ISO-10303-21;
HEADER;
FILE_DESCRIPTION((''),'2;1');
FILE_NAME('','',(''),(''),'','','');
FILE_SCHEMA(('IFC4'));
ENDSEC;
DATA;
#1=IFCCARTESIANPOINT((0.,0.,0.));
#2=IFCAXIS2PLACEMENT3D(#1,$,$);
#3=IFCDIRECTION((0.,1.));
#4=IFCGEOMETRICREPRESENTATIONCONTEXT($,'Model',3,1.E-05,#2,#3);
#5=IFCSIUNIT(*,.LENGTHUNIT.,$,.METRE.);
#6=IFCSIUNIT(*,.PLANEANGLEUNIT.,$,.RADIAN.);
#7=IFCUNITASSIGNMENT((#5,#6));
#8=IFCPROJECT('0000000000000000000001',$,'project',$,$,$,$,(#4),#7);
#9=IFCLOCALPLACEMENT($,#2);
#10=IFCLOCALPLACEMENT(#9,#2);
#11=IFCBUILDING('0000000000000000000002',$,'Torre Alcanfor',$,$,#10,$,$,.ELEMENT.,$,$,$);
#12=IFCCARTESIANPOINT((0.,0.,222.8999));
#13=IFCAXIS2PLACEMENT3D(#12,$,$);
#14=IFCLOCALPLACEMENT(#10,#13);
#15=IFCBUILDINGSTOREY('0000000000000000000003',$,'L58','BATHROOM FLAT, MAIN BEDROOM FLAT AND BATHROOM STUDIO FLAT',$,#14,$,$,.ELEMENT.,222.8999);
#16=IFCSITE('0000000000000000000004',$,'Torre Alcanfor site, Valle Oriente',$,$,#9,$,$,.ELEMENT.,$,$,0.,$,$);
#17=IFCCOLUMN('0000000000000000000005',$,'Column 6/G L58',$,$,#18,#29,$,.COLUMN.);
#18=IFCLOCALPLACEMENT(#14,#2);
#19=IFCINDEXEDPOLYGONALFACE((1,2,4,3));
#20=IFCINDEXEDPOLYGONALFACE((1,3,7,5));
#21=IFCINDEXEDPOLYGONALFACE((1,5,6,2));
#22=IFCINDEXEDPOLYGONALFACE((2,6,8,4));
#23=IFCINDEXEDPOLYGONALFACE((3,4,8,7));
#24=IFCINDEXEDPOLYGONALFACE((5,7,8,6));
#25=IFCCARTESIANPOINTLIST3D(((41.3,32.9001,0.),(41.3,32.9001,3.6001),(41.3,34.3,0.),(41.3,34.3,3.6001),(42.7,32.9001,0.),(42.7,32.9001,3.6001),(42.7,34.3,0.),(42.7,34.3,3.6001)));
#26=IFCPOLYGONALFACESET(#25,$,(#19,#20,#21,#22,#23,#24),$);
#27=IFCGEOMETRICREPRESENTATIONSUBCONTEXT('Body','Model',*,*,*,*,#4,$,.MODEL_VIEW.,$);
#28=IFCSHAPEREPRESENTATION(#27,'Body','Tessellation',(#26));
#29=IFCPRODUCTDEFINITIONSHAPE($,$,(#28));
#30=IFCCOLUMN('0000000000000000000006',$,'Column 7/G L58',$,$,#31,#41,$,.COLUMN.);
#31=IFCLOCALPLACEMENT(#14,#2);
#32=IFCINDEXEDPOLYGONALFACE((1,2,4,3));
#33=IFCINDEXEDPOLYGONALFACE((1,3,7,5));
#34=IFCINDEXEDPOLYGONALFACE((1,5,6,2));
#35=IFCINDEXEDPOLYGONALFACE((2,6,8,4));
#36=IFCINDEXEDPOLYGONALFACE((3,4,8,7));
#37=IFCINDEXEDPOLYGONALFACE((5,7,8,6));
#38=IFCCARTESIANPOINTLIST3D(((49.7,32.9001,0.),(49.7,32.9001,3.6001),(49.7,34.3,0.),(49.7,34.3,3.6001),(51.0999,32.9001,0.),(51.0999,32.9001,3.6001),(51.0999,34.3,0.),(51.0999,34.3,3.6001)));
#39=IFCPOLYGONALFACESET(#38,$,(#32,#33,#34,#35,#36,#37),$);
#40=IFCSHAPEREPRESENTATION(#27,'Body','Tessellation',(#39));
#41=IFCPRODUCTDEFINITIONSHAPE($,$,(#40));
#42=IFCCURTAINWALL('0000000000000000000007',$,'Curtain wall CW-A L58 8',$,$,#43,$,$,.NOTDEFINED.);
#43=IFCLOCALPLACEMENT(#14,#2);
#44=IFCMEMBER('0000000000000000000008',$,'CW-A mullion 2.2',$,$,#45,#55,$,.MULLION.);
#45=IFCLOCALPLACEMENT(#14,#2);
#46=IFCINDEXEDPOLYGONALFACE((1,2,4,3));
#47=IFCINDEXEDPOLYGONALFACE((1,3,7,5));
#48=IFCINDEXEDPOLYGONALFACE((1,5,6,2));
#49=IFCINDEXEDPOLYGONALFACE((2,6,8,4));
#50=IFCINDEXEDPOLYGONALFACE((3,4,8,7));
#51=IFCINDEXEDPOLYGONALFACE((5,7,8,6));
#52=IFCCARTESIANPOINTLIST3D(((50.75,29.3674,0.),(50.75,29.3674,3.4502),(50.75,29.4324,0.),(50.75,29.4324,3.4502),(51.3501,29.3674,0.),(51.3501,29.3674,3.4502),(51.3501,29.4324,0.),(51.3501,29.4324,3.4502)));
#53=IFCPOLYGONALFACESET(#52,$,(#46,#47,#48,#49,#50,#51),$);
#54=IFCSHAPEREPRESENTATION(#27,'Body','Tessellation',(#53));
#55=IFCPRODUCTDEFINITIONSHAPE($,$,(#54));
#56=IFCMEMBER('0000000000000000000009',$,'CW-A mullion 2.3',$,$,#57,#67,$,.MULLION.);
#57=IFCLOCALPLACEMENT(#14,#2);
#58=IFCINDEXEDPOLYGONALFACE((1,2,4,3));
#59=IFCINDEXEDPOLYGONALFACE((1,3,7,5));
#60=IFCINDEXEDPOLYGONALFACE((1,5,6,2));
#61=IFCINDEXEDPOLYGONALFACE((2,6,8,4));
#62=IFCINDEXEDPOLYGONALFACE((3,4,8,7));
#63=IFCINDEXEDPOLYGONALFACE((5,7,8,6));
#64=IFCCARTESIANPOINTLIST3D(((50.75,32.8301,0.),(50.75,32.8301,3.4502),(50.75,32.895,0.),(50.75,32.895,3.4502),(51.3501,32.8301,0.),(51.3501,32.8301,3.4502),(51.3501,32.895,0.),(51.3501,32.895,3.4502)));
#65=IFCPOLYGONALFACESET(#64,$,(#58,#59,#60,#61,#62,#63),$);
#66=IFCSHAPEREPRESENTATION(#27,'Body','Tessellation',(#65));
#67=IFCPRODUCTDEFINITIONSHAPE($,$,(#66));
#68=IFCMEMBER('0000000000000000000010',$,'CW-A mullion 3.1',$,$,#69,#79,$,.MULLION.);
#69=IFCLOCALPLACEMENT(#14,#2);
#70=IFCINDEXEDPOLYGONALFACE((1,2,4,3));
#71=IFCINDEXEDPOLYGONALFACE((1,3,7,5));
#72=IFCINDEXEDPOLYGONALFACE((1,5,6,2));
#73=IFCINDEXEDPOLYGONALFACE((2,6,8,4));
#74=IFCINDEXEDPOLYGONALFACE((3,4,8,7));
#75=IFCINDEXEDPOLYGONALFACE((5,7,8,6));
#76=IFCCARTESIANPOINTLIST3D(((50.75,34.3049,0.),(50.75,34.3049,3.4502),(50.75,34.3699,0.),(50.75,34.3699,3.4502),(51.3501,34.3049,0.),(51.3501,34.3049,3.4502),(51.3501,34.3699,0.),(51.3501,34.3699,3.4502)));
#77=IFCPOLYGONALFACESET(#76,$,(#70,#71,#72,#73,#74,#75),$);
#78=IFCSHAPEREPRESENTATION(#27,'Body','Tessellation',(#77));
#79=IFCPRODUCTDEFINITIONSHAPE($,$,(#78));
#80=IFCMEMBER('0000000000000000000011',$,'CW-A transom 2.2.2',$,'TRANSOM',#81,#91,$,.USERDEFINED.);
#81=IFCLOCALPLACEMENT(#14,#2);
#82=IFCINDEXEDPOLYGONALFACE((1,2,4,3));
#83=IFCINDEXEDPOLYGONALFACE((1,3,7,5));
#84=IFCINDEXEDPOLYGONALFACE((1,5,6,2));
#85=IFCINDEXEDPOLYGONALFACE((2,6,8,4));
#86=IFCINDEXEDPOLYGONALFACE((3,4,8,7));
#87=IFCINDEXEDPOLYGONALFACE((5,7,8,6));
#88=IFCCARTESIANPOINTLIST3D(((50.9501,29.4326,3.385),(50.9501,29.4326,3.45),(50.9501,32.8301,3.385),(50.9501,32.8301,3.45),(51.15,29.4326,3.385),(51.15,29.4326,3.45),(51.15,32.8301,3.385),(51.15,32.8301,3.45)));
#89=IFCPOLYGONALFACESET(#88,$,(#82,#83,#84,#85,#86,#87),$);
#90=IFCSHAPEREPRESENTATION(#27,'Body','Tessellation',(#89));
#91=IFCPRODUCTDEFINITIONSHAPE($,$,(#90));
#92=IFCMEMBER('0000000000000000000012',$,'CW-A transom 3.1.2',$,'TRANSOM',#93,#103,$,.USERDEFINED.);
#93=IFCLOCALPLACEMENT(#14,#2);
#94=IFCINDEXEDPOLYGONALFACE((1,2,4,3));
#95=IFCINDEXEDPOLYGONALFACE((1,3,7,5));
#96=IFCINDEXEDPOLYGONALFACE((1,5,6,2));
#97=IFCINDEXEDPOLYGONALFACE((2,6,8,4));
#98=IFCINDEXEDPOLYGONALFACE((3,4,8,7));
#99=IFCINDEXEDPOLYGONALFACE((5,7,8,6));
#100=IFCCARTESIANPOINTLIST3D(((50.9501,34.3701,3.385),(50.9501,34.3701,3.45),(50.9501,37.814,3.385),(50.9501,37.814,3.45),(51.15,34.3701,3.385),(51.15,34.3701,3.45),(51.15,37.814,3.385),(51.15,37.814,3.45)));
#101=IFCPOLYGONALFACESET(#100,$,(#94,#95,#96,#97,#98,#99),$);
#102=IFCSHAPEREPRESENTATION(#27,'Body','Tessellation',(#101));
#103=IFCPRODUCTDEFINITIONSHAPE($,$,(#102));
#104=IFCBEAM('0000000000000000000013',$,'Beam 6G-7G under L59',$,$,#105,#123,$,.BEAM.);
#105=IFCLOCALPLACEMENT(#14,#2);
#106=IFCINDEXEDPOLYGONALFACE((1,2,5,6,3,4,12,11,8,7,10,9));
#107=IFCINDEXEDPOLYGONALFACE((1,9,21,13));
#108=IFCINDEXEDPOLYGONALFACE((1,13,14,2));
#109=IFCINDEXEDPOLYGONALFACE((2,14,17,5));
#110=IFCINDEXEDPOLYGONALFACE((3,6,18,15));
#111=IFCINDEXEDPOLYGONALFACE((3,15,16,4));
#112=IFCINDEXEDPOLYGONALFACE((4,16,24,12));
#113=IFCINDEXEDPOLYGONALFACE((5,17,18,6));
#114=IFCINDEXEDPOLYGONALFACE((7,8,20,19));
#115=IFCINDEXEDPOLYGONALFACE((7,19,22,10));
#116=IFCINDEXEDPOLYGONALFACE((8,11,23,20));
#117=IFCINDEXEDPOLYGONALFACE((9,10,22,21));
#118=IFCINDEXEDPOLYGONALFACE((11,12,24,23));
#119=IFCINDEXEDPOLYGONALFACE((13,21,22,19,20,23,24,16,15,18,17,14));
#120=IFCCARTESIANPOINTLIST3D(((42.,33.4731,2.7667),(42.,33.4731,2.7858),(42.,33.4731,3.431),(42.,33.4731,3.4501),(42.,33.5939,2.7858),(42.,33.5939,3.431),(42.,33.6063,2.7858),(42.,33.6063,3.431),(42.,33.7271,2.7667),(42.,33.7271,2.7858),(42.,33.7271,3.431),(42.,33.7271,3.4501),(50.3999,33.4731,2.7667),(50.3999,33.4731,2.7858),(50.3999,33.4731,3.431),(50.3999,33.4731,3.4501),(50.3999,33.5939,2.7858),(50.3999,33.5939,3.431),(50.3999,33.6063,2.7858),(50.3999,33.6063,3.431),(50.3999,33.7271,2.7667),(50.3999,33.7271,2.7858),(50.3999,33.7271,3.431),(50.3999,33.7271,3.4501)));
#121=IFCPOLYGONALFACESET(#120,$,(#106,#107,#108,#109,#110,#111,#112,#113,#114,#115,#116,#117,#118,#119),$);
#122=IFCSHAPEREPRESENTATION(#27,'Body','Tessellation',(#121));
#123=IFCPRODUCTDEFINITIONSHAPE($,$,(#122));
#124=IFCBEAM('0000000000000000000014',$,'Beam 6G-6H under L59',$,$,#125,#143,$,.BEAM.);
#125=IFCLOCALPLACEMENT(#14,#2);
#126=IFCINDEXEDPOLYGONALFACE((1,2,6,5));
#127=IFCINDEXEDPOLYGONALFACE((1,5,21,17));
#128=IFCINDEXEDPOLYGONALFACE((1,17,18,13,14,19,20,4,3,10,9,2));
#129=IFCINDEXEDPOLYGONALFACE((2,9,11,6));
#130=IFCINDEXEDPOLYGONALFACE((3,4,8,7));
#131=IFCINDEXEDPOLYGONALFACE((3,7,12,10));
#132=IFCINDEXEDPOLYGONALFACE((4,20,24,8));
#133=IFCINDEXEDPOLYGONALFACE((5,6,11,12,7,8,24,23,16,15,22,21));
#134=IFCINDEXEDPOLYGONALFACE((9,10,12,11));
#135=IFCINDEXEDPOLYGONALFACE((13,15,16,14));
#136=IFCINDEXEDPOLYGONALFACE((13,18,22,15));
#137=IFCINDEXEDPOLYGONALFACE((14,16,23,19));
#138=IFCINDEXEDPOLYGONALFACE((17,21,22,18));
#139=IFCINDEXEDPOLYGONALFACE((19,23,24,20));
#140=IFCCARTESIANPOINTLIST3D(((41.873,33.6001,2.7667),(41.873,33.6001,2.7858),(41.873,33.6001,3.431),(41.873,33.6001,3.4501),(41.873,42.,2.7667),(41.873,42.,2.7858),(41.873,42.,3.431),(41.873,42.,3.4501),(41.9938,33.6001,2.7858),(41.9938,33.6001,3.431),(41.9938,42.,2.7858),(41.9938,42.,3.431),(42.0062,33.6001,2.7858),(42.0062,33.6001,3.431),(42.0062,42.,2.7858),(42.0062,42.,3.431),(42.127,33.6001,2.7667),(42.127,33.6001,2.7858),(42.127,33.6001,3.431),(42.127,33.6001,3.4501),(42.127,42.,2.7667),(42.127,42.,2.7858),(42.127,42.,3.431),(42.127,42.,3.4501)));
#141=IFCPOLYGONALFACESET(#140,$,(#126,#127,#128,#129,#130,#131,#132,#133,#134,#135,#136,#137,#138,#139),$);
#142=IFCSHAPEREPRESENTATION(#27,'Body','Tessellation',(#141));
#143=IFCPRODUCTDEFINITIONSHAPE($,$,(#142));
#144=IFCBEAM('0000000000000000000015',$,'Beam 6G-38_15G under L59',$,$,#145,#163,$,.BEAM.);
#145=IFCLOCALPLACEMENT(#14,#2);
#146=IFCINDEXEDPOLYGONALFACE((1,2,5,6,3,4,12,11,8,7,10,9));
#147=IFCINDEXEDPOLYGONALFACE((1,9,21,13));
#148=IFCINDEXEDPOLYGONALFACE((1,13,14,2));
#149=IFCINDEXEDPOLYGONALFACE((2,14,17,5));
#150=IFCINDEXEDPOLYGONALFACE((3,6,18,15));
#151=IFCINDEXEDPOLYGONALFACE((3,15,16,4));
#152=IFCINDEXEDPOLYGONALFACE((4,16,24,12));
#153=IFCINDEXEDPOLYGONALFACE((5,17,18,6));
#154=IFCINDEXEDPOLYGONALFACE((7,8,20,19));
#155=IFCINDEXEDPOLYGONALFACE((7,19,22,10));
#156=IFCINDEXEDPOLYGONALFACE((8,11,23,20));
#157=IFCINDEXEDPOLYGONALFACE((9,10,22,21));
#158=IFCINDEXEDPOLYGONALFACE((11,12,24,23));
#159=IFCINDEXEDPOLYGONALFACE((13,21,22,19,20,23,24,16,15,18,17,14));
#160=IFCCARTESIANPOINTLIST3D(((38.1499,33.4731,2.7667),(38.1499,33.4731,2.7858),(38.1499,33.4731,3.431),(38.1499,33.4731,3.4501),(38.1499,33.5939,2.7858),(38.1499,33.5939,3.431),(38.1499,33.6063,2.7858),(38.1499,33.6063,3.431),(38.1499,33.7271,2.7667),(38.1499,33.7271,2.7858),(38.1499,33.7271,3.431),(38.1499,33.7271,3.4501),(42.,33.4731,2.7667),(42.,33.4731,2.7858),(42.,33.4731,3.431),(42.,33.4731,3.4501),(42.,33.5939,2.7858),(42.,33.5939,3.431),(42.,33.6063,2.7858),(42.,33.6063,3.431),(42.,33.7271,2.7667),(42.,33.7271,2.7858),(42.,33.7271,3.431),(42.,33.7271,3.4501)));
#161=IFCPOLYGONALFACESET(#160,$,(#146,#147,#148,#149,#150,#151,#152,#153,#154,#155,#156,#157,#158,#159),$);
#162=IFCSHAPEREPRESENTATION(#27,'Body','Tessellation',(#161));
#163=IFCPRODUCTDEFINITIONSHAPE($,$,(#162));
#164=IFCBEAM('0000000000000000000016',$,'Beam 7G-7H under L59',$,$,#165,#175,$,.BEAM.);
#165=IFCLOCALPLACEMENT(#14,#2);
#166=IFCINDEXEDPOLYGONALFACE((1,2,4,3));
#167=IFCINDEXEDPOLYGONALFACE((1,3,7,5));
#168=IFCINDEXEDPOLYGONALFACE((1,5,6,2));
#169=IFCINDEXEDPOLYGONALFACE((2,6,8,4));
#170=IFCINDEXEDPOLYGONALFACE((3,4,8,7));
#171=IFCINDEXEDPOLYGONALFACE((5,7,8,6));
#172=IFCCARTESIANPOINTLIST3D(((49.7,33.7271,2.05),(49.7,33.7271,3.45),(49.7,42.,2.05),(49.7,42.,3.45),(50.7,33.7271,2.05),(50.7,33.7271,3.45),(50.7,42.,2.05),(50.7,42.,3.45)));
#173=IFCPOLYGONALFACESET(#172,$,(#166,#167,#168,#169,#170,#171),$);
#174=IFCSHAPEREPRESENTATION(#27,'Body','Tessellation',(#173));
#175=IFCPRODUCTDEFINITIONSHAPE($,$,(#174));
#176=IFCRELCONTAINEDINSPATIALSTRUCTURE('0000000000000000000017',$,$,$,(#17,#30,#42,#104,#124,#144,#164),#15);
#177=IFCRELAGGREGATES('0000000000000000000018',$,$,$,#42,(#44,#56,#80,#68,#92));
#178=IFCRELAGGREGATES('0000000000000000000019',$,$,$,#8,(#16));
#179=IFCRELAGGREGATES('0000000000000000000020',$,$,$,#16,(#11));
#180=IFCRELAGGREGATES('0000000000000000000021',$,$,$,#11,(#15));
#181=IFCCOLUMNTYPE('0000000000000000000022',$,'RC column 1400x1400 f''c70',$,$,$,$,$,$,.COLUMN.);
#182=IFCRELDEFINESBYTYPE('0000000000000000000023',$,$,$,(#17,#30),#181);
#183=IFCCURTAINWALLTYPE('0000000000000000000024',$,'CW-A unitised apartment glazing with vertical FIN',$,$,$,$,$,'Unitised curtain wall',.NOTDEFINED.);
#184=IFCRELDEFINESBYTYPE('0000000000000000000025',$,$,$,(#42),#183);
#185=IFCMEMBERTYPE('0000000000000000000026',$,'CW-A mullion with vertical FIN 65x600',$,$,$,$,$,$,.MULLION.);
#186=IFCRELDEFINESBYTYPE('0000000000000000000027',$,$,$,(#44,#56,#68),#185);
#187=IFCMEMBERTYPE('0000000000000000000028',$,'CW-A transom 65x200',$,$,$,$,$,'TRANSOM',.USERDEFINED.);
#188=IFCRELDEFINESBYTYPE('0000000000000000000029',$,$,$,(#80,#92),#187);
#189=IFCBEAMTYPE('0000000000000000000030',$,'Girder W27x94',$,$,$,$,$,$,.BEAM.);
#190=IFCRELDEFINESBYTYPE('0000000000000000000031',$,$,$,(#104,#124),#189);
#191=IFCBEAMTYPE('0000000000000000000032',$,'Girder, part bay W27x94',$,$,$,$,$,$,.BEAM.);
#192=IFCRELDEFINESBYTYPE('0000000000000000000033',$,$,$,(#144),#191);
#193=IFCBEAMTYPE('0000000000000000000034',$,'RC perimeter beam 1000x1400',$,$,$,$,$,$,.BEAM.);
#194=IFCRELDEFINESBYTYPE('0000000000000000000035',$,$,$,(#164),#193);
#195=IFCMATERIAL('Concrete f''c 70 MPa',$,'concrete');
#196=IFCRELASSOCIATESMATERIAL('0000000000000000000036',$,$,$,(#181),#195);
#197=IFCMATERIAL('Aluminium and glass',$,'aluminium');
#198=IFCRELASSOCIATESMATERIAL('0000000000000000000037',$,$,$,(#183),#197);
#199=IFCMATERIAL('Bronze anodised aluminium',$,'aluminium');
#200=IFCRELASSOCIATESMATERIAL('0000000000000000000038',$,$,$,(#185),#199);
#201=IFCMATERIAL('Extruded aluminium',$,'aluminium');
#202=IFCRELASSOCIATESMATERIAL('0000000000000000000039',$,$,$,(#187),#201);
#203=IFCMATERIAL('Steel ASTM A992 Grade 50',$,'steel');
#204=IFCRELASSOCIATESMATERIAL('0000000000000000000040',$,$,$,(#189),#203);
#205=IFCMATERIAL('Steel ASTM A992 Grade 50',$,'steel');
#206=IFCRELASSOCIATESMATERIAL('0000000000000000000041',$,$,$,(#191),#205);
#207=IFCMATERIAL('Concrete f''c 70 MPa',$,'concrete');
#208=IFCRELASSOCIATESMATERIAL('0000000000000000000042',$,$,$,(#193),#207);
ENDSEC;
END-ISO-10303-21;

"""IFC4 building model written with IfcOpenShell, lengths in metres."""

from ifc_helpers import new_model, si_unit, direction, frame, origin, origin_2d, place, context, subcontext, project, spatial, rectangle, i_section, extrude, material, material_profile, profile_set, type_object, element, aggregate, save


model = new_model("IFC4")

# Units and contexts
model_context = context("Model", 3, precision=1e-05, world=origin(), true_north=direction((0.0, 1.0)))
body_context = subcontext(model_context, "Body", "Model", "MODEL_VIEW")
ifc_project = project(units=[si_unit("LENGTHUNIT", "METRE"), si_unit("PLANEANGLEUNIT", "RADIAN")], contexts=[model_context])

# Site, building, storey
site_placement = place(None, origin())
site = spatial("IfcSite", under=ifc_project, at=site_placement, Name="Torre Alcanfor site, Valle Oriente", CompositionType="ELEMENT", RefElevation=0.0)
building_placement = place(site_placement, origin())
building = spatial("IfcBuilding", under=site, at=building_placement, Name="Torre Alcanfor", CompositionType="ELEMENT")
storey_placement = place(building_placement, frame((0.0, 0.0, 222.8999)))
storey = spatial("IfcBuildingStorey", under=building, at=storey_placement, Name="L58", Description="BATHROOM FLAT, MAIN BEDROOM FLAT AND BATHROOM STUDIO FLAT", CompositionType="ELEMENT", Elevation=222.8999)

# Columns
ifc_material_1 = material(Name="Concrete f'c 70 MPa", Category="concrete")
ifc_material_profile_1 = material_profile(ifc_material_1, rectangle(XDim=1.3999, YDim=1.3999, at=origin_2d()), Name="1400x1400")
ifc_profile_set_1 = profile_set([ifc_material_profile_1], Name="Concrete f'c 70 MPa")
column_type = type_object("IfcColumnType", Name="RC column 1400x1400 f'c70", PredefinedType="COLUMN", material=ifc_profile_set_1)
for number, where, z_axis, x_axis, name in (
    (1, (42.0, 33.6001, 0.0), (0.0, 0.0, 1.0), (1.0, 0.0, 0.0), "Column 6/G L58"),
    (2, (50.3999, 33.6001, 0.0), (0.0, 0.0, 1.0), (1.0, 0.0, 0.0), "Column 7/G L58"),
):
    element("IfcColumn", number, at=place(storey_placement, frame(where, z_axis=z_axis, x_axis=x_axis)), inside=storey, type_object=column_type, Name=name, PredefinedType="COLUMN", context=body_context, shape_type="SweptSolid", body=[
        extrude(rectangle(XDim=1.3999, YDim=1.3999, at=origin_2d()), origin(), (0.0, 0.0, 1.0), 3.6001),
    ])

# Curtain wall, members
ifc_material_2 = material(Name="Aluminium and glass", Category="aluminium")
curtain_wall_type = type_object("IfcCurtainWallType", Name="CW-A unitised apartment glazing with vertical FIN", ElementType="Unitised curtain wall", PredefinedType="NOTDEFINED", material=ifc_material_2)
curtain_wall_placement = place(storey_placement, origin())
curtain_wall = element("IfcCurtainWall", 3, at=curtain_wall_placement, inside=storey, type_object=curtain_wall_type, Name="Curtain wall CW-A L58 8", PredefinedType="NOTDEFINED")
ifc_material_3 = material(Name="Bronze anodised aluminium", Category="aluminium")
ifc_material_profile_2 = material_profile(ifc_material_3, rectangle(XDim=0.6001, YDim=0.0649, at=origin_2d()), Name="CW-A mullion 65x600")
ifc_profile_set_2 = profile_set([ifc_material_profile_2], Name="Bronze anodised aluminium")
member_type_1 = type_object("IfcMemberType", Name="CW-A mullion with vertical FIN 65x600", PredefinedType="MULLION", material=ifc_profile_set_2)
member_1_placement = place(storey_placement, frame((51.05, 29.3999, 0.0), z_axis=(0.0, 0.0, 1.0), x_axis=(-1.0, 0.0, 0.0)))
member_1 = element("IfcMember", 4, at=member_1_placement, type_object=member_type_1, Name="CW-A mullion 2.2", PredefinedType="MULLION", context=body_context, shape_type="SweptSolid", body=[
    extrude(rectangle(XDim=0.6001, YDim=0.0649, at=origin_2d()), origin(), (0.0, 0.0, 1.0), 3.4502),
])
member_2_placement = place(storey_placement, frame((51.05, 32.8625, 0.0), z_axis=(0.0, 0.0, 1.0), x_axis=(-1.0, 0.0, 0.0)))
member_2 = element("IfcMember", 5, at=member_2_placement, type_object=member_type_1, Name="CW-A mullion 2.3", PredefinedType="MULLION", context=body_context, shape_type="SweptSolid", body=[
    extrude(rectangle(XDim=0.6001, YDim=0.0649, at=origin_2d()), origin(), (0.0, 0.0, 1.0), 3.4502),
])
member_3_placement = place(storey_placement, frame((51.05, 34.3374, 0.0), z_axis=(0.0, 0.0, 1.0), x_axis=(-1.0, 0.0, 0.0)))
member_3 = element("IfcMember", 6, at=member_3_placement, type_object=member_type_1, Name="CW-A mullion 3.1", PredefinedType="MULLION", context=body_context, shape_type="SweptSolid", body=[
    extrude(rectangle(XDim=0.6001, YDim=0.0649, at=origin_2d()), origin(), (0.0, 0.0, 1.0), 3.4502),
])
ifc_material_4 = material(Name="Extruded aluminium", Category="aluminium")
ifc_material_profile_3 = material_profile(ifc_material_4, rectangle(XDim=0.2, YDim=0.0649, at=origin_2d()), Name="CW-A transom 200x65")
ifc_profile_set_3 = profile_set([ifc_material_profile_3], Name="Extruded aluminium")
member_type_2 = type_object("IfcMemberType", Name="CW-A transom 65x200", ElementType="TRANSOM", PredefinedType="USERDEFINED", material=ifc_profile_set_3)
member_4_placement = place(storey_placement, frame((51.05, 29.4326, 3.4175), z_axis=(0.0, 1.0, 0.0), x_axis=(-1.0, 0.0, 0.0)))
member_4 = element("IfcMember", 7, at=member_4_placement, type_object=member_type_2, Name="CW-A transom 2.2.2", ObjectType="TRANSOM", PredefinedType="USERDEFINED", context=body_context, shape_type="SweptSolid", body=[
    extrude(rectangle(XDim=0.2, YDim=0.0649, at=origin_2d()), origin(), (0.0, 0.0, 1.0), 3.3975),
])
member_5_placement = place(storey_placement, frame((51.05, 34.3701, 3.4175), z_axis=(0.0, 1.0, 0.0), x_axis=(-1.0, 0.0, 0.0)))
member_5 = element("IfcMember", 8, at=member_5_placement, type_object=member_type_2, Name="CW-A transom 3.1.2", ObjectType="TRANSOM", PredefinedType="USERDEFINED", context=body_context, shape_type="SweptSolid", body=[
    extrude(rectangle(XDim=0.2, YDim=0.0649, at=origin_2d()), origin(), (0.0, 0.0, 1.0), 3.4438),
])

# Beams
ifc_material_5 = material(Name="Steel ASTM A992 Grade 50", Category="steel")
ifc_material_profile_4 = material_profile(ifc_material_5, i_section(OverallWidth=0.2539, OverallDepth=0.6833, WebThickness=0.0125, FlangeThickness=0.019, at=origin_2d()), Name="W27x94")
ifc_profile_set_4 = profile_set([ifc_material_profile_4], Name="Steel ASTM A992 Grade 50")
beam_type_1 = type_object("IfcBeamType", Name="Girder W27x94", PredefinedType="BEAM", material=ifc_profile_set_4)
for number, where, z_axis, x_axis, name in (
    (9, (42.0, 33.6001, 3.1084), (1.0, 0.0, 0.0), (0.0, 1.0, 0.0), "Beam 6G-7G under L59"),
    (10, (42.0, 33.6001, 3.1084), (0.0, 1.0, 0.0), (-1.0, 0.0, 0.0), "Beam 6G-6H under L59"),
):
    element("IfcBeam", number, at=place(storey_placement, frame(where, z_axis=z_axis, x_axis=x_axis)), inside=storey, type_object=beam_type_1, Name=name, PredefinedType="BEAM", context=body_context, shape_type="SweptSolid", body=[
        extrude(i_section(OverallWidth=0.2539, OverallDepth=0.6833, WebThickness=0.0125, FlangeThickness=0.019, at=origin_2d()), origin(), (0.0, 0.0, 1.0), 8.3999),
    ])
ifc_material_6 = material(Name="Steel ASTM A992 Grade 50", Category="steel")
ifc_material_profile_5 = material_profile(ifc_material_6, i_section(OverallWidth=0.2539, OverallDepth=0.6833, WebThickness=0.0125, FlangeThickness=0.019, at=origin_2d()), Name="W27x94")
ifc_profile_set_5 = profile_set([ifc_material_profile_5], Name="Steel ASTM A992 Grade 50")
beam_type_2 = type_object("IfcBeamType", Name="Girder, part bay W27x94", PredefinedType="BEAM", material=ifc_profile_set_5)
beam_1_placement = place(storey_placement, frame((42.0, 33.6001, 3.1084), z_axis=(-1.0, 0.0, 0.0), x_axis=(0.0, -1.0, 0.0)))
element("IfcBeam", 11, at=beam_1_placement, inside=storey, type_object=beam_type_2, Name="Beam 6G-38_15G under L59", PredefinedType="BEAM", context=body_context, shape_type="SweptSolid", body=[
    extrude(i_section(OverallWidth=0.2539, OverallDepth=0.6833, WebThickness=0.0125, FlangeThickness=0.019, at=origin_2d()), origin(), (0.0, 0.0, 1.0), 3.8501),
])
ifc_material_7 = material(Name="Concrete f'c 70 MPa", Category="concrete")
ifc_material_profile_6 = material_profile(ifc_material_7, rectangle(XDim=1.0, YDim=1.3999, at=origin_2d()), Name="1000x1400")
ifc_profile_set_6 = profile_set([ifc_material_profile_6], Name="Concrete f'c 70 MPa")
beam_type_3 = type_object("IfcBeamType", Name="RC perimeter beam 1000x1400", PredefinedType="BEAM", material=ifc_profile_set_6)
beam_2_placement = place(storey_placement, frame((50.2, 33.7271, 2.75), z_axis=(0.0, 1.0, 0.0), x_axis=(-1.0, 0.0, 0.0)))
element("IfcBeam", 12, at=beam_2_placement, inside=storey, type_object=beam_type_3, Name="Beam 7G-7H under L59", PredefinedType="BEAM", context=body_context, shape_type="SweptSolid", body=[
    extrude(rectangle(XDim=1.0, YDim=1.3999, at=origin_2d()), origin(), (0.0, 0.0, 1.0), 8.2729),
])

aggregate(curtain_wall, [member_1, member_2, member_4, member_3, member_5])

save(model, "model.ifc")
